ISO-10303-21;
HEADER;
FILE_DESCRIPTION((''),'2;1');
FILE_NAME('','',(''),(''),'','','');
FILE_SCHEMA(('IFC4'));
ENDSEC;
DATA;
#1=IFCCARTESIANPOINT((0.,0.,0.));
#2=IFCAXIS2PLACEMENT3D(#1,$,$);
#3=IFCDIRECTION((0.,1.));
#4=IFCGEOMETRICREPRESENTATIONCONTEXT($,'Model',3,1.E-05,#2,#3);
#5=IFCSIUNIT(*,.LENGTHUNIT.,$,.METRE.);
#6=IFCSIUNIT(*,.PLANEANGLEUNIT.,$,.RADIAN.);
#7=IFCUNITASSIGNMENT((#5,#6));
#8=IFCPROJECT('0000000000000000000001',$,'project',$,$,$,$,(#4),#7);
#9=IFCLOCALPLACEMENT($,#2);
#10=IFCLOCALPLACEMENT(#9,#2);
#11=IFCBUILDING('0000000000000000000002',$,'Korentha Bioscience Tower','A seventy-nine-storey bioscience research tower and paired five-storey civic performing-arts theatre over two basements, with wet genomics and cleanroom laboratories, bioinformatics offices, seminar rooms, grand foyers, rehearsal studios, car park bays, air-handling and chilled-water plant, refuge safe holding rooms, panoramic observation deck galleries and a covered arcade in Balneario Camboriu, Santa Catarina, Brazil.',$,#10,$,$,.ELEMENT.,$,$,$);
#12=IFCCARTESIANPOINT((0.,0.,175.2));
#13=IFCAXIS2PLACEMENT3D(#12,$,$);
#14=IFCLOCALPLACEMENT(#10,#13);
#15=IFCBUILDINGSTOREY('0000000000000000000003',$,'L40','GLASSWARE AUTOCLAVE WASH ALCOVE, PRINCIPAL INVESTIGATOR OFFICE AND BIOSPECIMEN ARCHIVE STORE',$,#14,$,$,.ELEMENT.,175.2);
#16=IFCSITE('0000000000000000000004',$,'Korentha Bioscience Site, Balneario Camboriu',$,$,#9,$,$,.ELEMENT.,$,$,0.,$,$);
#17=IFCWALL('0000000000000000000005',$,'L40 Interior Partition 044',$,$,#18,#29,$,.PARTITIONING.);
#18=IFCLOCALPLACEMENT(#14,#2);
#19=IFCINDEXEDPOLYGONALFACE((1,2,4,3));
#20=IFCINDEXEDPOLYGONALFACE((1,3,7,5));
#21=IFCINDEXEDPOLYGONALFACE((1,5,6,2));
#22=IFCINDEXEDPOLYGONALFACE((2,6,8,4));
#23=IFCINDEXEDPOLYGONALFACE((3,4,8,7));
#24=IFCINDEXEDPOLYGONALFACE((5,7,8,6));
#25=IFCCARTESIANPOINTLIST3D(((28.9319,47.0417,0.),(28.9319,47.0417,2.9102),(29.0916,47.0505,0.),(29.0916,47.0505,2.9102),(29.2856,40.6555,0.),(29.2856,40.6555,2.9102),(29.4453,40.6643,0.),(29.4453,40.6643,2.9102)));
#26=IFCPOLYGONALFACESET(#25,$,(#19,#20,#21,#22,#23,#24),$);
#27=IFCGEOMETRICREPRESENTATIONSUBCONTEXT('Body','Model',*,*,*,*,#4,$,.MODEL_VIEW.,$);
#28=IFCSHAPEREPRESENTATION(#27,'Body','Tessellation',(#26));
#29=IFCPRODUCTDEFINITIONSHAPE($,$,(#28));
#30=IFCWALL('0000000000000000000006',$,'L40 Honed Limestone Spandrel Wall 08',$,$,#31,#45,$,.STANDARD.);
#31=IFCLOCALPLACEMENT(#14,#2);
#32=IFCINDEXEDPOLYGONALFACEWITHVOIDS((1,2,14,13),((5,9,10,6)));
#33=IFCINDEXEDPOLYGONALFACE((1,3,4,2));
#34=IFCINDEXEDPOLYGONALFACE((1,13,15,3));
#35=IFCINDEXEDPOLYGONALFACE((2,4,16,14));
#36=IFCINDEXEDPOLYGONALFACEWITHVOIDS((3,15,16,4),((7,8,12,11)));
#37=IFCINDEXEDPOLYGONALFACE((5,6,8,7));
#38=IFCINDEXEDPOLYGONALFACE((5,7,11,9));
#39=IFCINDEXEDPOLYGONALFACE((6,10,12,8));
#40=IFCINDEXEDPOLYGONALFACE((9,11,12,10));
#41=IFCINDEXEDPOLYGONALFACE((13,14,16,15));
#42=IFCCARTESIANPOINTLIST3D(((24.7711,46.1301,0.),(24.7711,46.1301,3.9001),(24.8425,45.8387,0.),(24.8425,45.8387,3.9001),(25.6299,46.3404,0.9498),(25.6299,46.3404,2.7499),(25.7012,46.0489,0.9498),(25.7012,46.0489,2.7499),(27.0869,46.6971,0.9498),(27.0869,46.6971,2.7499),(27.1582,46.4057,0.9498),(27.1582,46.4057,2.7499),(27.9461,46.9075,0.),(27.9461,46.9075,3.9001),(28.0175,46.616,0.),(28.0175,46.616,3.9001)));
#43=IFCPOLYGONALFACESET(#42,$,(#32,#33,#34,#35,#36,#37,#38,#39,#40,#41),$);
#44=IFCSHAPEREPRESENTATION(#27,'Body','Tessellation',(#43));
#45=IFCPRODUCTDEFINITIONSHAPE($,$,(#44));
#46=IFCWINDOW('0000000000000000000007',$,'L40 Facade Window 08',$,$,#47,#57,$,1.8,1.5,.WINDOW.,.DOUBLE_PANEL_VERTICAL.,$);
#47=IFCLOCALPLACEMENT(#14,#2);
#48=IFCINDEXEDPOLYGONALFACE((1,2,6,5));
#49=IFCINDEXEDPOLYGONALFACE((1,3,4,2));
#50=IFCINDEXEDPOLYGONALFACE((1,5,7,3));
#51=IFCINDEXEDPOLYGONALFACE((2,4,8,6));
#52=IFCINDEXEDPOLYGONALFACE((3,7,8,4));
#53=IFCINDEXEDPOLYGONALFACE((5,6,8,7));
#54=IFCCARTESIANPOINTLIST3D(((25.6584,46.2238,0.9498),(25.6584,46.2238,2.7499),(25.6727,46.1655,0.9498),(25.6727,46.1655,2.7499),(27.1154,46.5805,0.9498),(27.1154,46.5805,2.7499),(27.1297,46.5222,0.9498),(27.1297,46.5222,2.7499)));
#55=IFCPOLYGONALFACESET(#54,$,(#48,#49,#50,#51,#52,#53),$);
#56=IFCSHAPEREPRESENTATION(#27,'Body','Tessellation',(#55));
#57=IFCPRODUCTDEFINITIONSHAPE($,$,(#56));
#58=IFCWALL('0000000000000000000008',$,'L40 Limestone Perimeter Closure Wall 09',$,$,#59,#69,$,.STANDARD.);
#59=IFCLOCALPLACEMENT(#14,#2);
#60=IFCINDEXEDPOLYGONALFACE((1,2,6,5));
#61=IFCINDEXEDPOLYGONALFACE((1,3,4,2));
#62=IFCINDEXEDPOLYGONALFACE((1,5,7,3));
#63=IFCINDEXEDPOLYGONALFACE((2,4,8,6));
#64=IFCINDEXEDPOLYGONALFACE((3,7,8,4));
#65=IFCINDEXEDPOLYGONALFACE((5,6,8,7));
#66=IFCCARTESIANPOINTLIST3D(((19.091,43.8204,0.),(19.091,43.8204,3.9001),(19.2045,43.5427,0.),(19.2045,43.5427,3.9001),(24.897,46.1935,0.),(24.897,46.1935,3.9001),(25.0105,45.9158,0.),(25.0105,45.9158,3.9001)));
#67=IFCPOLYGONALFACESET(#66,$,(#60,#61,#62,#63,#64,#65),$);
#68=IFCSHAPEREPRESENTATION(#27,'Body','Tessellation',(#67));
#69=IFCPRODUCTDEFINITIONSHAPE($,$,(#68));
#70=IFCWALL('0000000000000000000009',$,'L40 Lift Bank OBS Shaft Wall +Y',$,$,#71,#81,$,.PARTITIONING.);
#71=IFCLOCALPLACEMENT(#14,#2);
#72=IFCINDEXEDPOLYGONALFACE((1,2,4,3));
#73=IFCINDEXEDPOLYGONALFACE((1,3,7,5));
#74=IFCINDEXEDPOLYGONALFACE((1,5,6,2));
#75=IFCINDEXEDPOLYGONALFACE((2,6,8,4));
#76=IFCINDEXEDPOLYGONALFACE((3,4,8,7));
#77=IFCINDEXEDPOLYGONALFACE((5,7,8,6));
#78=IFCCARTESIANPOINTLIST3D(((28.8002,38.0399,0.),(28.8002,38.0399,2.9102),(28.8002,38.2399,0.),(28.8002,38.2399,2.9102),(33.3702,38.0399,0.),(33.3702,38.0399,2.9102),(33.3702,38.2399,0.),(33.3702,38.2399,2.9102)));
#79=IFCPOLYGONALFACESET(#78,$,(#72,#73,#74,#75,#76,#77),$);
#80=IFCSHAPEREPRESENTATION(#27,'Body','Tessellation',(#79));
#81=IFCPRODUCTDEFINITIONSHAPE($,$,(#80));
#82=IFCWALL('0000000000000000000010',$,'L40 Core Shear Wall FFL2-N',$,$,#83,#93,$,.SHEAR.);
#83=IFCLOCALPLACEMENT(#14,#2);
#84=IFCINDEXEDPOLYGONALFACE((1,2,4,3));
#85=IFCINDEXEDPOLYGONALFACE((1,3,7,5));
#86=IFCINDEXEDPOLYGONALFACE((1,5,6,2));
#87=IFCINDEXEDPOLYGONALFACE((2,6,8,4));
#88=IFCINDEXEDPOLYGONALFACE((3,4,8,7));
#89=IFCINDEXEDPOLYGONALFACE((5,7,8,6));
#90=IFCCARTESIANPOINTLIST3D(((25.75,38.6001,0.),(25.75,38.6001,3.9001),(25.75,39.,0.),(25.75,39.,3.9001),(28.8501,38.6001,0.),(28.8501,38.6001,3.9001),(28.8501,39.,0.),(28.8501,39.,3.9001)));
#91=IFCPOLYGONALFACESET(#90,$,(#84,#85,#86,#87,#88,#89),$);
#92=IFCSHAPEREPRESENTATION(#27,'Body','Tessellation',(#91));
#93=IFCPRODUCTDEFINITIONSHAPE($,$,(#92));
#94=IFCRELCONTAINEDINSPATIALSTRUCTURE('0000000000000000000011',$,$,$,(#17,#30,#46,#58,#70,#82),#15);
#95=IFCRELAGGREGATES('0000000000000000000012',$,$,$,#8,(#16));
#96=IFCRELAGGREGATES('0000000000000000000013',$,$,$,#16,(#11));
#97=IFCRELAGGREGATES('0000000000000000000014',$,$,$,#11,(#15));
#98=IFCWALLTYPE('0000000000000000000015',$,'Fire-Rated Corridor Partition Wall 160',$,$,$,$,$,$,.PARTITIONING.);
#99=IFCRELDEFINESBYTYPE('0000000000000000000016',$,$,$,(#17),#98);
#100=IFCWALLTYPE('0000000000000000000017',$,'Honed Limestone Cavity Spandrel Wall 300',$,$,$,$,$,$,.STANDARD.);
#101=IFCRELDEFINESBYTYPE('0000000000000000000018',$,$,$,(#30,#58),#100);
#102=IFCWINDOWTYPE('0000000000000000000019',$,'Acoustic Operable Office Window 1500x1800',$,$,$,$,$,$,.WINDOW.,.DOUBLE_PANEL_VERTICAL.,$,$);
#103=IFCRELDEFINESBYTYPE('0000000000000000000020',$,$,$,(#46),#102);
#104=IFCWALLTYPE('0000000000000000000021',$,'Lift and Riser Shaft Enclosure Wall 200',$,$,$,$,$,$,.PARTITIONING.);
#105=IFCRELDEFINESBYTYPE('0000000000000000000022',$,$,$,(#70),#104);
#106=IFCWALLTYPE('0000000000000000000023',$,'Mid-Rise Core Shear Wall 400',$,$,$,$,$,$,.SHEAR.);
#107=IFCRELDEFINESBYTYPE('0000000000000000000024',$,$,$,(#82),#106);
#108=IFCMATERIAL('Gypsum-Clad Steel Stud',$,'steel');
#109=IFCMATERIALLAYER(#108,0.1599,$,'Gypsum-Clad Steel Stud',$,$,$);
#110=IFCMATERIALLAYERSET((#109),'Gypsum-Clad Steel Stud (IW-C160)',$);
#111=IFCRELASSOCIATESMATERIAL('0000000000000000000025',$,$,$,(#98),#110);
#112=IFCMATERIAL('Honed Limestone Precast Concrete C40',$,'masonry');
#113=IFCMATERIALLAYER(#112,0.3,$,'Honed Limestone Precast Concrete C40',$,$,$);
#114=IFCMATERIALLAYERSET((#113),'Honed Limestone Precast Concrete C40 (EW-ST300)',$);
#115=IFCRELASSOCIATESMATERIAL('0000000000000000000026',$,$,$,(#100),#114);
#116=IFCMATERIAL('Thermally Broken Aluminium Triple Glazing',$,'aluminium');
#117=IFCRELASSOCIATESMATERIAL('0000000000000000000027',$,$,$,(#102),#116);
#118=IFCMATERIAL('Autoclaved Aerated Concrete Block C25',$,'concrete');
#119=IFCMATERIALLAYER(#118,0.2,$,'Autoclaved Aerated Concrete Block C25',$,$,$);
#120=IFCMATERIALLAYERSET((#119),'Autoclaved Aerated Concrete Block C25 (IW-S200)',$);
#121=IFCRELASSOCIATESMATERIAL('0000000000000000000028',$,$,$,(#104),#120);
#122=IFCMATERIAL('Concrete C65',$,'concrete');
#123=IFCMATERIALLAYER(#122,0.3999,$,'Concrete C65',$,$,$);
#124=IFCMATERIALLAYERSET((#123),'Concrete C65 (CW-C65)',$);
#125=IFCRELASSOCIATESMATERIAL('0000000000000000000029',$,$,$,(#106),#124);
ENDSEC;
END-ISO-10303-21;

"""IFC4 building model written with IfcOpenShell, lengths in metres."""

from ifc_helpers import new_model, si_unit, direction, frame, frame_2d, origin, place, context, subcontext, project, spatial, rectangle, extrude, material, layer, layer_set, type_object, element, fill, save


model = new_model("IFC4")

# Units and contexts
model_context = context("Model", 3, precision=1e-05, world=origin(), true_north=direction((0.0, 1.0)))
body_context = subcontext(model_context, "Body", "Model", "MODEL_VIEW")
ifc_project = project(units=[si_unit("LENGTHUNIT", "METRE"), si_unit("PLANEANGLEUNIT", "RADIAN")], contexts=[model_context])

# Site, building, storey
site_placement = place(None, origin())
site = spatial("IfcSite", under=ifc_project, at=site_placement, Name="Korentha Bioscience Site, Balneario Camboriu", CompositionType="ELEMENT", RefElevation=0.0)
building_placement = place(site_placement, origin())
building = spatial("IfcBuilding", under=site, at=building_placement, Name="Korentha Bioscience Tower", Description="A seventy-nine-storey bioscience research tower and paired five-storey civic performing-arts theatre over two basements, with wet genomics and cleanroom laboratories, bioinformatics offices, seminar rooms, grand foyers, rehearsal studios, car park bays, air-handling and chilled-water plant, refuge safe holding rooms, panoramic observation deck galleries and a covered arcade in Balneario Camboriu, Santa Catarina, Brazil.", CompositionType="ELEMENT")
storey_placement = place(building_placement, frame((0.0, 0.0, 175.2)))
storey = spatial("IfcBuildingStorey", under=building, at=storey_placement, Name="L40", Description="GLASSWARE AUTOCLAVE WASH ALCOVE, PRINCIPAL INVESTIGATOR OFFICE AND BIOSPECIMEN ARCHIVE STORE", CompositionType="ELEMENT", Elevation=175.2)

# Shared definitions
ifc_material_1 = material(Name="Concrete C65", Category="concrete")

# Wall
ifc_material_2 = material(Name="Gypsum-Clad Steel Stud", Category="steel")
ifc_layer_1 = layer(ifc_material_2, 0.1599, Name="Gypsum-Clad Steel Stud")
ifc_layer_set_1 = layer_set([ifc_layer_1], Name="Gypsum-Clad Steel Stud (IW-C160)")
wall_type_1 = type_object("IfcWallType", Name="Fire-Rated Corridor Partition Wall 160", PredefinedType="PARTITIONING", material=ifc_layer_set_1)
wall_1_placement = place(storey_placement, frame((29.3655, 40.6599, 0.0), z_axis=(0.0, 0.0, 1.0), x_axis=(-0.055309, 0.998469, 0.0)))
element("IfcWall", 1, at=wall_1_placement, inside=storey, type_object=wall_type_1, Name="L40 Interior Partition 044", PredefinedType="PARTITIONING", context=body_context, shape_type="SweptSolid", body=[
    extrude(rectangle(XDim=6.396, YDim=0.1599, at=frame_2d((3.198, 0.0))), origin(), (0.0, 0.0, 1.0), 2.9102),
])

# Wall, opening, window
ifc_material_3 = material(Name="Honed Limestone Precast Concrete C40", Category="masonry")
ifc_layer_2 = layer(ifc_material_3, 0.3, Name="Honed Limestone Precast Concrete C40")
ifc_layer_set_2 = layer_set([ifc_layer_2], Name="Honed Limestone Precast Concrete C40 (EW-ST300)")
wall_type_2 = type_object("IfcWallType", Name="Honed Limestone Cavity Spandrel Wall 300", PredefinedType="STANDARD", material=ifc_layer_set_2)
wall_2_placement = place(storey_placement, frame((27.9817, 46.7617, 0.0), z_axis=(0.0, 0.0, 1.0), x_axis=(-0.971313, -0.237805, 0.0)))
wall_2 = element("IfcWall", 2, at=wall_2_placement, inside=storey, type_object=wall_type_2, Name="L40 Honed Limestone Spandrel Wall 08", PredefinedType="STANDARD", context=body_context, shape_type="SweptSolid", body=[
    extrude(rectangle(XDim=3.2688, YDim=0.3, at=frame_2d((1.6343, 0.0))), origin(), (0.0, 0.0, 1.0), 3.9001),
])
opening_1_placement = place(wall_2_placement, frame((0.8845, 0.0, 0.95)))
opening_1 = element("IfcOpeningElement", 3, at=opening_1_placement, cuts=wall_2, PredefinedType="OPENING", context=body_context, shape_type="SweptSolid", body=[
    extrude(rectangle(XDim=1.5, YDim=1.8, at=frame_2d((0.75, 0.8999))), frame((0.0, 0.165, 0.0), z_axis=(0.0, -1.0, 0.0), x_axis=(1.0, 0.0, 0.0)), (0.0, 0.0, 1.0), 0.3298),
])
ifc_material_4 = material(Name="Thermally Broken Aluminium Triple Glazing", Category="aluminium")
window_type = type_object("IfcWindowType", Name="Acoustic Operable Office Window 1500x1800", PartitioningType="DOUBLE_PANEL_VERTICAL", PredefinedType="WINDOW", material=ifc_material_4)
window_placement = place(opening_1_placement, origin())
window = element("IfcWindow", 4, at=window_placement, inside=storey, type_object=window_type, Name="L40 Facade Window 08", OverallHeight=1.8, OverallWidth=1.5, PartitioningType="DOUBLE_PANEL_VERTICAL", PredefinedType="WINDOW", context=body_context, shape_type="SweptSolid", body=[
    extrude(rectangle(XDim=1.5, YDim=1.8, at=frame_2d((0.75, 0.8999))), frame((0.0, 0.03, 0.0), z_axis=(0.0, -1.0, 0.0), x_axis=(1.0, 0.0, 0.0)), (0.0, 0.0, 1.0), 0.0601),
])
fill(opening_1, window)

# Walls
wall_3_placement = place(storey_placement, frame((24.9539, 46.0547, 0.0), z_axis=(0.0, 0.0, 1.0), x_axis=(-0.925664, -0.378346, 0.0)))
element("IfcWall", 5, at=wall_3_placement, inside=storey, type_object=wall_type_2, Name="L40 Limestone Perimeter Closure Wall 09", PredefinedType="STANDARD", context=body_context, shape_type="SweptSolid", body=[
    extrude(rectangle(XDim=6.2722, YDim=0.3, at=frame_2d((3.1362, 0.0))), origin(), (0.0, 0.0, 1.0), 3.9001),
])
ifc_material_5 = material(Name="Autoclaved Aerated Concrete Block C25", Category="concrete")
ifc_layer_3 = layer(ifc_material_5, 0.2, Name="Autoclaved Aerated Concrete Block C25")
ifc_layer_set_3 = layer_set([ifc_layer_3], Name="Autoclaved Aerated Concrete Block C25 (IW-S200)")
wall_type_3 = type_object("IfcWallType", Name="Lift and Riser Shaft Enclosure Wall 200", PredefinedType="PARTITIONING", material=ifc_layer_set_3)
wall_4_placement = place(storey_placement, frame((28.8, 38.1399, 0.0), z_axis=(0.0, 0.0, 1.0), x_axis=(1.0, 0.0, 0.0)))
element("IfcWall", 6, at=wall_4_placement, inside=storey, type_object=wall_type_3, Name="L40 Lift Bank OBS Shaft Wall +Y", PredefinedType="PARTITIONING", context=body_context, shape_type="SweptSolid", body=[
    extrude(rectangle(XDim=4.5701, YDim=0.2, at=frame_2d((2.2852, 0.0))), origin(), (0.0, 0.0, 1.0), 2.9102),
])
ifc_layer_4 = layer(ifc_material_1, 0.3999, Name="Concrete C65")
ifc_layer_set_4 = layer_set([ifc_layer_4], Name="Concrete C65 (CW-C65)")
wall_type_4 = type_object("IfcWallType", Name="Mid-Rise Core Shear Wall 400", PredefinedType="SHEAR", material=ifc_layer_set_4)
wall_5_placement = place(storey_placement, frame((25.75, 38.8, 0.0), z_axis=(0.0, 0.0, 1.0), x_axis=(1.0, 0.0, 0.0)))
element("IfcWall", 7, at=wall_5_placement, inside=storey, type_object=wall_type_4, Name="L40 Core Shear Wall FFL2-N", PredefinedType="SHEAR", context=body_context, shape_type="SweptSolid", body=[
    extrude(rectangle(XDim=3.1001, YDim=0.3999, at=frame_2d((1.55, 0.0))), origin(), (0.0, 0.0, 1.0), 3.9001),
])

save(model, "model.ifc")
